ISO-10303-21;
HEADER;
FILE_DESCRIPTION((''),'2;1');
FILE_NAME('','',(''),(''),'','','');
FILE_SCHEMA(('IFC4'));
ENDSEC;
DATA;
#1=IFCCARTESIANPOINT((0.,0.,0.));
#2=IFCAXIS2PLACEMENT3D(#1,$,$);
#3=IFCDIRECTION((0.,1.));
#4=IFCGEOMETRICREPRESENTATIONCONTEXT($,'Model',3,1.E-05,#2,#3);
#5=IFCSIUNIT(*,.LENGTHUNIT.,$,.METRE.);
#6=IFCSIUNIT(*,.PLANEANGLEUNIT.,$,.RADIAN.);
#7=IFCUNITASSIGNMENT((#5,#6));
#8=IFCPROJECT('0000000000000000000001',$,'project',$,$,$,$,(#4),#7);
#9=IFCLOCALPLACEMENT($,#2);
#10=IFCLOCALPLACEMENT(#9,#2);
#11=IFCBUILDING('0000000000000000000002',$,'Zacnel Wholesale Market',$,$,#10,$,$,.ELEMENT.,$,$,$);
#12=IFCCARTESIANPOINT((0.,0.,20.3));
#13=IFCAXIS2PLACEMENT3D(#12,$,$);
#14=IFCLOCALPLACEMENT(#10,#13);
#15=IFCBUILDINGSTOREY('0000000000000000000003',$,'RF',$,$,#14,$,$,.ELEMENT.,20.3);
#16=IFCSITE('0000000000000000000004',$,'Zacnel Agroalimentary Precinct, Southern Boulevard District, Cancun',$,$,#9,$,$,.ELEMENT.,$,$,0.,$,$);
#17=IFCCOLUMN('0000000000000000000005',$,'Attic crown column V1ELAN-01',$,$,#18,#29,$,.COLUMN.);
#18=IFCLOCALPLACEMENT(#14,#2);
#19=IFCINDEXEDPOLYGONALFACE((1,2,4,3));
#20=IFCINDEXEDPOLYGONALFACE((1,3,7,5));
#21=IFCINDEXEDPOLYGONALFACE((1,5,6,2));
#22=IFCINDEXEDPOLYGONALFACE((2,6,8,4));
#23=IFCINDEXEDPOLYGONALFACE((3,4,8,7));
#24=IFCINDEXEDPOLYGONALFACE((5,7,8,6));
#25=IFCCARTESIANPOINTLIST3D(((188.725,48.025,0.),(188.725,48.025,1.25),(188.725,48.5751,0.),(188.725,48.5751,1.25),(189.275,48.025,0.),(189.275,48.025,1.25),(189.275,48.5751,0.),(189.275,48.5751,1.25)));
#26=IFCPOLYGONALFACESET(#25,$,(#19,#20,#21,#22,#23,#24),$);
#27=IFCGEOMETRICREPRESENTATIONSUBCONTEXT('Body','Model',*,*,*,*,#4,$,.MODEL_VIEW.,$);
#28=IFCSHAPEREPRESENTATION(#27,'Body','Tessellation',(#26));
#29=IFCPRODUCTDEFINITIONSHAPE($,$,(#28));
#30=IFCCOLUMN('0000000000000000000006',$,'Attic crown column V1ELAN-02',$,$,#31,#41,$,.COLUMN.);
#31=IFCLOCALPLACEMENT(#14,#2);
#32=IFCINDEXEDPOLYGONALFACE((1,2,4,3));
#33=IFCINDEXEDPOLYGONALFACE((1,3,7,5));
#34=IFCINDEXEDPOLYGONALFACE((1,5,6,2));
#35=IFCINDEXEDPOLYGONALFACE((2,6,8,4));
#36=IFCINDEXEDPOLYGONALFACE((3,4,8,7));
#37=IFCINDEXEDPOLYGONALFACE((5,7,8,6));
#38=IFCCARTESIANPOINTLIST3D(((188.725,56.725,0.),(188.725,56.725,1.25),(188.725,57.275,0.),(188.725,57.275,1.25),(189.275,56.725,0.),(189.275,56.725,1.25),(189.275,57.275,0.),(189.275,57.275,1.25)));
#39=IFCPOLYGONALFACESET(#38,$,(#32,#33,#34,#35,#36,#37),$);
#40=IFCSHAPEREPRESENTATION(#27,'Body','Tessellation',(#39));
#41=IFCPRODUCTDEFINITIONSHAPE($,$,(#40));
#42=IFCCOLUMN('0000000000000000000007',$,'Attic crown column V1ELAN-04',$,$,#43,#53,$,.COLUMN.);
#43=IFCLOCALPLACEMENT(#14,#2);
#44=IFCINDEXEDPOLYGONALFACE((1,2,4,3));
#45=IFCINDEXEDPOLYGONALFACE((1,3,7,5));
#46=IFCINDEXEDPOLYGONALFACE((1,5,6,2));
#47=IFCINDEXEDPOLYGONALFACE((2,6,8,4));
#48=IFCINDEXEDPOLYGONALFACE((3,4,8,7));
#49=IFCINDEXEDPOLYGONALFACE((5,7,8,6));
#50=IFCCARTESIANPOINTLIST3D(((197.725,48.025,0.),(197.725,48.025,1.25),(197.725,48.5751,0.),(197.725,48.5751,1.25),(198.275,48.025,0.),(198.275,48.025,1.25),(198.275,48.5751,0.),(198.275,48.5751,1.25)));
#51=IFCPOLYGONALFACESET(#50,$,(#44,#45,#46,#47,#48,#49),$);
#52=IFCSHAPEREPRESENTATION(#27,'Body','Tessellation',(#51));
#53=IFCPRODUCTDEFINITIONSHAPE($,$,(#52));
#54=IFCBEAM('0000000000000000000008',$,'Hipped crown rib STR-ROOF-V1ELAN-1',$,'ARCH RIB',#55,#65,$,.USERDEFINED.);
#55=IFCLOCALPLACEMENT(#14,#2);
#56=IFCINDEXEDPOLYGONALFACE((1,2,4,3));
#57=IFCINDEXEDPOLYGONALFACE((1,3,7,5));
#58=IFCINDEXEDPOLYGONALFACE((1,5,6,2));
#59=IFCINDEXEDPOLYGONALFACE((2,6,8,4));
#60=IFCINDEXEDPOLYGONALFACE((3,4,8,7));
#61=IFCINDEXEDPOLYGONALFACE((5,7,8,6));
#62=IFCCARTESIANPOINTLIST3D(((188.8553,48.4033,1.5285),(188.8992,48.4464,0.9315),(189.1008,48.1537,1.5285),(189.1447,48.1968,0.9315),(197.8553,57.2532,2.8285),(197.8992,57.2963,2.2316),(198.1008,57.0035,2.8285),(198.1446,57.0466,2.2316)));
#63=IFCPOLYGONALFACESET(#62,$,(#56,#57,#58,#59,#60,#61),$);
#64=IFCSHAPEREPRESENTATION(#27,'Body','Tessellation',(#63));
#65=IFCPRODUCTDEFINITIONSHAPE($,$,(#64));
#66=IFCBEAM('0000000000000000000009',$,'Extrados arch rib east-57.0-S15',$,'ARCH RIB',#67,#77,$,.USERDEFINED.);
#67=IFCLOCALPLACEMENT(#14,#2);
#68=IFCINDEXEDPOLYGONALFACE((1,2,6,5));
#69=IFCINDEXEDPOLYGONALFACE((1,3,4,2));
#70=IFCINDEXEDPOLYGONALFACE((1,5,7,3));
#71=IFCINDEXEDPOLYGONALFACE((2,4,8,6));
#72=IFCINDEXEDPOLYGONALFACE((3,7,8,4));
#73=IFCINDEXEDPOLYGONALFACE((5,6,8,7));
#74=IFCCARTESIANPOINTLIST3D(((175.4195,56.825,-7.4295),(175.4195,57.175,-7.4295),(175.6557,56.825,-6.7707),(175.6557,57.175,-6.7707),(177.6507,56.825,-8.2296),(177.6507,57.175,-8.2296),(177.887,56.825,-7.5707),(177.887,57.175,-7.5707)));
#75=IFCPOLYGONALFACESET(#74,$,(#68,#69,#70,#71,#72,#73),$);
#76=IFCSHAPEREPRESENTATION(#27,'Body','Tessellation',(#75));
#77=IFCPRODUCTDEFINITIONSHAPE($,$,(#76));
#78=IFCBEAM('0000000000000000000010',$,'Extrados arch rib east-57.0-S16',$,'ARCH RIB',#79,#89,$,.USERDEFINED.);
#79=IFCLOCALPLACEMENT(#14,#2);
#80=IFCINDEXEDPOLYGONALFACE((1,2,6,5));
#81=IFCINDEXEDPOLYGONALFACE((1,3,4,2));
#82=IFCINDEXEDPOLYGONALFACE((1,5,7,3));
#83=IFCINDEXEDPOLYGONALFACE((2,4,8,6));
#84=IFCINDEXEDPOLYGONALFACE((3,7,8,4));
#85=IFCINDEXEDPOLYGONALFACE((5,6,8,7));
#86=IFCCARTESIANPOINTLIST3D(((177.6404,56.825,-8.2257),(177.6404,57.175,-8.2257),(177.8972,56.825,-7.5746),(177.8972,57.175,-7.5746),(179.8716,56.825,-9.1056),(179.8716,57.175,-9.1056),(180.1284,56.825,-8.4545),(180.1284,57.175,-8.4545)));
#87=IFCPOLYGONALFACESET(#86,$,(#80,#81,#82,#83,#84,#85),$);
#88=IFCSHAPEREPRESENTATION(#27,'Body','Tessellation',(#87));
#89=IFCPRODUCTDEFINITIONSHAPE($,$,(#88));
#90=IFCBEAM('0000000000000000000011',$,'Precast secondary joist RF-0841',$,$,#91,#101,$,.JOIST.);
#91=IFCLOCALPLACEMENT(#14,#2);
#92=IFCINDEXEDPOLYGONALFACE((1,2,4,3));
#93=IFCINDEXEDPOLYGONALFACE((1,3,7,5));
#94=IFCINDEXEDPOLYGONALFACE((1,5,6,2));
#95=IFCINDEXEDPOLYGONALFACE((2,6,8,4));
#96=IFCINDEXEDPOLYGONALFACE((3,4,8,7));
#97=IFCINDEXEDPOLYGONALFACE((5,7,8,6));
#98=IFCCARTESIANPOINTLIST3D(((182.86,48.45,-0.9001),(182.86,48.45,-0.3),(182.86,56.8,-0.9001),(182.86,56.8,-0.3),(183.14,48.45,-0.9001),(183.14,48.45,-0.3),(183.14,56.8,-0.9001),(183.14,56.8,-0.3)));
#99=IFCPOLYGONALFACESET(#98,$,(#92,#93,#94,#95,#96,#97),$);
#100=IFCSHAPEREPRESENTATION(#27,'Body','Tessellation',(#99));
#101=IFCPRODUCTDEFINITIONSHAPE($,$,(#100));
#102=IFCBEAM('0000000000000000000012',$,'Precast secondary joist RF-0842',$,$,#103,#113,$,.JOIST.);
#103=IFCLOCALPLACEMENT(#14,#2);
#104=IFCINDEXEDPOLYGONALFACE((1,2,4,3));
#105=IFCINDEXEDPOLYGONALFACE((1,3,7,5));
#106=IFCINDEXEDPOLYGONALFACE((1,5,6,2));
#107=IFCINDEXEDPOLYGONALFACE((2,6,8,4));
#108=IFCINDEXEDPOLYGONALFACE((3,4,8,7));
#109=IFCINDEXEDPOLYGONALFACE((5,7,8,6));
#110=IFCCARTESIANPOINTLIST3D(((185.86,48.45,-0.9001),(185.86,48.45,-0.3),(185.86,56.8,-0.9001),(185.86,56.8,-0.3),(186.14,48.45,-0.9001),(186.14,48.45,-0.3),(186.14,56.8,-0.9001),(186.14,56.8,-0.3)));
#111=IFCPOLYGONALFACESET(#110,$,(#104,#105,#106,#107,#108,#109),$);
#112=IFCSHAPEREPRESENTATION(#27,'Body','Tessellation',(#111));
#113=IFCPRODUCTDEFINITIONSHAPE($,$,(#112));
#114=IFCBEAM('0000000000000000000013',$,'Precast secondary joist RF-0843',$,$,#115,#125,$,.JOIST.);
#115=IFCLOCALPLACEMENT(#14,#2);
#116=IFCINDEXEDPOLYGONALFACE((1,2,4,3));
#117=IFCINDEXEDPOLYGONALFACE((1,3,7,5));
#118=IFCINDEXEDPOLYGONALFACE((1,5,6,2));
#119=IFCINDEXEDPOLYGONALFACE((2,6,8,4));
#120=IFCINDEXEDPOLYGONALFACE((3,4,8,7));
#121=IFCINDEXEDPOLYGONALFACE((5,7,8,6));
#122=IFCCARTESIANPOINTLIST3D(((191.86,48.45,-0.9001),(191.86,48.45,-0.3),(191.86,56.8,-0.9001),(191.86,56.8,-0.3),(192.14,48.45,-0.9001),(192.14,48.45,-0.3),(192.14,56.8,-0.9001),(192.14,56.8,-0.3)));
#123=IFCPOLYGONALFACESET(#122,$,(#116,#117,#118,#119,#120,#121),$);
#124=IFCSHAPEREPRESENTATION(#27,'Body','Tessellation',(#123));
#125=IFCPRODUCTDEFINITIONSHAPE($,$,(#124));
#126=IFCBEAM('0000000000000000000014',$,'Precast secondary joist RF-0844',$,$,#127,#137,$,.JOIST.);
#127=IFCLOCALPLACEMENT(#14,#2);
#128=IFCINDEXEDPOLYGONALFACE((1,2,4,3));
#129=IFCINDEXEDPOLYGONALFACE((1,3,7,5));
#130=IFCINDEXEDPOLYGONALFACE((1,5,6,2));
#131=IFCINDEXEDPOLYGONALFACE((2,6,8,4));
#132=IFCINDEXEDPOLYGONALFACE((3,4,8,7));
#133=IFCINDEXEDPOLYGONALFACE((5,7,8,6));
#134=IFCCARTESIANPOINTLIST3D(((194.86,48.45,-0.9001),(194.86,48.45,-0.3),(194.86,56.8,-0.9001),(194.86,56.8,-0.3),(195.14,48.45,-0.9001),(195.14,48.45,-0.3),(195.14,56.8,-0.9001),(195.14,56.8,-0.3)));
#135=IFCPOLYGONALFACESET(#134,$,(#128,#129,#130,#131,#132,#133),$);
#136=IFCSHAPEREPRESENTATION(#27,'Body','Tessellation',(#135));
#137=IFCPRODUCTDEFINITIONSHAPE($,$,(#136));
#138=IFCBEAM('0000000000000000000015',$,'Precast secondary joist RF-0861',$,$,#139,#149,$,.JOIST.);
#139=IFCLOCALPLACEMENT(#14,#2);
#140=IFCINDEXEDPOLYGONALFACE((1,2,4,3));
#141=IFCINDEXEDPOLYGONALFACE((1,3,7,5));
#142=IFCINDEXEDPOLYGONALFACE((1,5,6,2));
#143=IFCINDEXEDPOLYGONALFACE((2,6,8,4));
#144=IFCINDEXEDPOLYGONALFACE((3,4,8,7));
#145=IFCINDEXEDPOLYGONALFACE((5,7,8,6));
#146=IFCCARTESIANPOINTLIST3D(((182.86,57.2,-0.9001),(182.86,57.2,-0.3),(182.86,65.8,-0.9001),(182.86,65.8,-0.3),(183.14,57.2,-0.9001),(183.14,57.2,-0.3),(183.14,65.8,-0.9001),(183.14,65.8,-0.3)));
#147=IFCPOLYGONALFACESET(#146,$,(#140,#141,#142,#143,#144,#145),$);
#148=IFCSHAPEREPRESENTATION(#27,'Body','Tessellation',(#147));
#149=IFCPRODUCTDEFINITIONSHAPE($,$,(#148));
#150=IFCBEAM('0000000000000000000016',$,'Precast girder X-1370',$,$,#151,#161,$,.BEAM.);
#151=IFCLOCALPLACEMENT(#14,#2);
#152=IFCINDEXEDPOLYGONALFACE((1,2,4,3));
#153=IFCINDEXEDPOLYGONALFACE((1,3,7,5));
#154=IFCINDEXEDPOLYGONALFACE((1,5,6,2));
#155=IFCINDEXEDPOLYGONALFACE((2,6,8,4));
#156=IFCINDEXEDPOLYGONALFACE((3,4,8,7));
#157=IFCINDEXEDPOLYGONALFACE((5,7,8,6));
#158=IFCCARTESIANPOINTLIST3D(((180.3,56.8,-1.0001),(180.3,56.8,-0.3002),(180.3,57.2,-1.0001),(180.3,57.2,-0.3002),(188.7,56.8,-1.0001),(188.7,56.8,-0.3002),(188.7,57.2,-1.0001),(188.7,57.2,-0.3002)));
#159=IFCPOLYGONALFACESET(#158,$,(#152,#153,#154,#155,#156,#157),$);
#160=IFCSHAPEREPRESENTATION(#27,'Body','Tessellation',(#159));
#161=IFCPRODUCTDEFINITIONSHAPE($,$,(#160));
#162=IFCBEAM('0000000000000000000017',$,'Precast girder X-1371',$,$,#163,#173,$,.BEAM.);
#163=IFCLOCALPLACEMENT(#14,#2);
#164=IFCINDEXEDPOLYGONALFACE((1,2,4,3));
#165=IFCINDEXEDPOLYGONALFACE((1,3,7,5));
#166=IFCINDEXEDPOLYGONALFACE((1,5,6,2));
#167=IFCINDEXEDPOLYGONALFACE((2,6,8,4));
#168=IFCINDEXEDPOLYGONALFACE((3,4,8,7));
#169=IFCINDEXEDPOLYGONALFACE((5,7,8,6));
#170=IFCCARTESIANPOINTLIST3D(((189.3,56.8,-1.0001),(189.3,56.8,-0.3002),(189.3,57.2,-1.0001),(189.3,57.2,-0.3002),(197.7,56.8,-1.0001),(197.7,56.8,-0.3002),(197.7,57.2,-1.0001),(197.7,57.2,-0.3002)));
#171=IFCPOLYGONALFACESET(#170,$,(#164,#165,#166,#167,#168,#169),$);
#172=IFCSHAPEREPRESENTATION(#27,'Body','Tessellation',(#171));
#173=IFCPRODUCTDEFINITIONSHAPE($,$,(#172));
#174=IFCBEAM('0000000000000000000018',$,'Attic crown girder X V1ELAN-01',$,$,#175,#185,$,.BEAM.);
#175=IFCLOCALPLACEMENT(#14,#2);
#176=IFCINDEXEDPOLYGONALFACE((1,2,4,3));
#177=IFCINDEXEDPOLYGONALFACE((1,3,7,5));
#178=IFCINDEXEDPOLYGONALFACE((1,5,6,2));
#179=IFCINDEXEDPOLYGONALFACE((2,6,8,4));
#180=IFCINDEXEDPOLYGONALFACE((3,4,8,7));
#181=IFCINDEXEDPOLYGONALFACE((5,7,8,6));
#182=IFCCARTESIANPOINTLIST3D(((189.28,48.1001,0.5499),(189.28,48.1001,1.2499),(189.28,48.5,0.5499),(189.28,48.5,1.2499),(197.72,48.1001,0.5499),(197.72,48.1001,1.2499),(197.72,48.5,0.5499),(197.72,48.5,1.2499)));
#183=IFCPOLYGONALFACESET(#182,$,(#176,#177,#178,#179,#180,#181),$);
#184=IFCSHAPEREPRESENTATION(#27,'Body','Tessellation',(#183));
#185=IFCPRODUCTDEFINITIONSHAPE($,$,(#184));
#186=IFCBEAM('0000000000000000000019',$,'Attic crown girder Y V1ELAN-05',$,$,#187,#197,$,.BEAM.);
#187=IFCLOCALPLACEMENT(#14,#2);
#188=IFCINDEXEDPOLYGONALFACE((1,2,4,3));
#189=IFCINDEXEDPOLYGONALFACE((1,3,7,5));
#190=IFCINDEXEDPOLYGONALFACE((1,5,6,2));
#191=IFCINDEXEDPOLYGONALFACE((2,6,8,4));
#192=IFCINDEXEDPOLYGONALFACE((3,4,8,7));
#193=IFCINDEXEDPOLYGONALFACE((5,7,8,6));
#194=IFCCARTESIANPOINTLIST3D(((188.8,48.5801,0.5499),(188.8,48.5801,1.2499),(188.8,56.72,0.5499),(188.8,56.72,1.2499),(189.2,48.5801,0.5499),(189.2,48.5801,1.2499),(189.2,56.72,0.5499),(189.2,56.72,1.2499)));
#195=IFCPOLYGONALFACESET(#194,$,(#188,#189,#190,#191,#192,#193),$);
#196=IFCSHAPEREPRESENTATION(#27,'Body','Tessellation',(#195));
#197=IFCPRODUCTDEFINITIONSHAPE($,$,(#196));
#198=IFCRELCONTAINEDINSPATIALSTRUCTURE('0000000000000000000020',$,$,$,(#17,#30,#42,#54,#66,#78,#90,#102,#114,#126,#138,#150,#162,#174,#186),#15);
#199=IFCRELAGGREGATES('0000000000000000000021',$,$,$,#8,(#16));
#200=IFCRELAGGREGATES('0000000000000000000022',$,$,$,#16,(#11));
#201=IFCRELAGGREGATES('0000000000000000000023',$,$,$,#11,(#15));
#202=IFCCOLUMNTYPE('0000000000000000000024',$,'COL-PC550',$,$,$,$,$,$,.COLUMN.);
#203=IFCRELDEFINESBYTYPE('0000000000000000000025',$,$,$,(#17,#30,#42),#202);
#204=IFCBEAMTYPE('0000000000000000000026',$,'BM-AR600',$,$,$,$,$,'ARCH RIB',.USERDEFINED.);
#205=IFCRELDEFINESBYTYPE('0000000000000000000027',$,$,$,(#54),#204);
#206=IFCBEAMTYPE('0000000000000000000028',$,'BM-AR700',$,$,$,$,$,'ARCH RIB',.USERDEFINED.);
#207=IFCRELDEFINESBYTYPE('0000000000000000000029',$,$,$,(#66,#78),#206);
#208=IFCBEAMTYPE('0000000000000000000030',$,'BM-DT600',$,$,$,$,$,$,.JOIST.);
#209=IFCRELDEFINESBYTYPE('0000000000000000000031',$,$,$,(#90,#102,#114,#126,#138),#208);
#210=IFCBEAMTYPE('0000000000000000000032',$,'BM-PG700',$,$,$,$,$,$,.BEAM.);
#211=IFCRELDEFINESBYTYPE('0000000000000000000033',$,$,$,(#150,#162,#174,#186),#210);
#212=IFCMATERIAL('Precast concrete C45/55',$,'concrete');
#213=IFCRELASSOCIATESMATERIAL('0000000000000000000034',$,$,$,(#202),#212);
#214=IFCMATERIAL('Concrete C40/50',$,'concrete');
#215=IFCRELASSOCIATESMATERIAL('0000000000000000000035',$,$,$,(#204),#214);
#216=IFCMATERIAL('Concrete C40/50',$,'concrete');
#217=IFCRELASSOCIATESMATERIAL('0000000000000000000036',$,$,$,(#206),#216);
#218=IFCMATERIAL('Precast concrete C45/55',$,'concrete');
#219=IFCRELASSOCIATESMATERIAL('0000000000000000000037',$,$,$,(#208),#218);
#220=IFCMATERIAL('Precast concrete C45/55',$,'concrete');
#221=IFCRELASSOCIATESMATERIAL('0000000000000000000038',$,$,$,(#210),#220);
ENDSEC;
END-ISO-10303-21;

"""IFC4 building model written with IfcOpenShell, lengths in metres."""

from ifc_helpers import new_model, si_unit, direction, frame, origin, origin_2d, place, context, subcontext, project, spatial, rectangle, extrude, material, material_profile, profile_set, type_object, element, save


model = new_model("IFC4")

# Units and contexts
model_context = context("Model", 3, precision=1e-05, world=origin(), true_north=direction((0.0, 1.0)))
body_context = subcontext(model_context, "Body", "Model", "MODEL_VIEW")
ifc_project = project(units=[si_unit("LENGTHUNIT", "METRE"), si_unit("PLANEANGLEUNIT", "RADIAN")], contexts=[model_context])

# Site, building, storey
site_placement = place(None, origin())
site = spatial("IfcSite", under=ifc_project, at=site_placement, Name="Zacnel Agroalimentary Precinct, Southern Boulevard District, Cancun", CompositionType="ELEMENT", RefElevation=0.0)
building_placement = place(site_placement, origin())
building = spatial("IfcBuilding", under=site, at=building_placement, Name="Zacnel Wholesale Market", CompositionType="ELEMENT")
storey_placement = place(building_placement, frame((0.0, 0.0, 20.3)))
storey = spatial("IfcBuildingStorey", under=building, at=storey_placement, Name="RF", CompositionType="ELEMENT", Elevation=20.3)

# Columns
ifc_material_1 = material(Name="Precast concrete C45/55", Category="concrete")
ifc_material_profile_1 = material_profile(ifc_material_1, rectangle(XDim=0.55, YDim=0.55, at=origin_2d()), Name="PC 550x550")
ifc_profile_set_1 = profile_set([ifc_material_profile_1], Name="Precast concrete C45/55")
column_type = type_object("IfcColumnType", Name="COL-PC550", PredefinedType="COLUMN", material=ifc_profile_set_1)
for number, where, z_axis, x_axis, name in (
    (1, (189.0, 48.3, 0.0), (0.0, 0.0, 1.0), (1.0, 0.0, 0.0), "Attic crown column V1ELAN-01"),
    (2, (189.0, 57.0, 0.0), (0.0, 0.0, 1.0), (1.0, 0.0, 0.0), "Attic crown column V1ELAN-02"),
    (3, (198.0, 48.3, 0.0), (0.0, 0.0, 1.0), (1.0, 0.0, 0.0), "Attic crown column V1ELAN-04"),
):
    element("IfcColumn", number, at=place(storey_placement, frame(where, z_axis=z_axis, x_axis=x_axis)), inside=storey, type_object=column_type, Name=name, PredefinedType="COLUMN", context=body_context, shape_type="SweptSolid", body=[
        extrude(rectangle(XDim=0.55, YDim=0.55, at=origin_2d()), origin(), (0.0, 0.0, 1.0), 1.25),
    ])

# Beams
ifc_material_2 = material(Name="Concrete C40/50", Category="concrete")
ifc_material_profile_2 = material_profile(ifc_material_2, rectangle(XDim=0.3501, YDim=0.6001, at=origin_2d()), Name="ARCH RIB 350x600")
ifc_profile_set_2 = profile_set([ifc_material_profile_2], Name="Concrete C40/50")
beam_type_1 = type_object("IfcBeamType", Name="BM-AR600", ElementType="ARCH RIB", PredefinedType="USERDEFINED", material=ifc_profile_set_2)
beam_1_placement = place(storey_placement, frame((189.0, 48.3, 1.23), z_axis=(0.709277, 0.697444, 0.102455), x_axis=(-0.701134, 0.713029, 0.0)))
element("IfcBeam", 4, at=beam_1_placement, inside=storey, type_object=beam_type_1, Name="Hipped crown rib STR-ROOF-V1ELAN-1", ObjectType="ARCH RIB", PredefinedType="USERDEFINED", context=body_context, shape_type="SweptSolid", body=[
    extrude(rectangle(XDim=0.3501, YDim=0.6001, at=origin_2d()), origin(), (0.0, 0.0, 1.0), 12.689),
])
ifc_material_3 = material(Name="Concrete C40/50", Category="concrete")
ifc_material_profile_3 = material_profile(ifc_material_3, rectangle(XDim=0.3501, YDim=0.7, at=origin_2d()), Name="ARCH RIB 350x700")
ifc_profile_set_3 = profile_set([ifc_material_profile_3], Name="Concrete C40/50")
beam_type_2 = type_object("IfcBeamType", Name="BM-AR700", ElementType="ARCH RIB", PredefinedType="USERDEFINED", material=ifc_profile_set_3)
beam_2_placement = place(storey_placement, frame((175.5376, 57.0, -7.1001), z_axis=(0.941315, 0.0, -0.33753), x_axis=(0.0, 1.0, 0.0)))
element("IfcBeam", 5, at=beam_2_placement, inside=storey, type_object=beam_type_2, Name="Extrados arch rib east-57.0-S15", ObjectType="ARCH RIB", PredefinedType="USERDEFINED", context=body_context, shape_type="SweptSolid", body=[
    extrude(rectangle(XDim=0.3501, YDim=0.7, at=origin_2d()), origin(), (0.0, 0.0, 1.0), 2.3704),
])
beam_3_placement = place(storey_placement, frame((177.7688, 57.0, -7.9001), z_axis=(0.930277, 0.0, -0.366858), x_axis=(0.0, 1.0, 0.0)))
element("IfcBeam", 6, at=beam_3_placement, inside=storey, type_object=beam_type_2, Name="Extrados arch rib east-57.0-S16", ObjectType="ARCH RIB", PredefinedType="USERDEFINED", context=body_context, shape_type="SweptSolid", body=[
    extrude(rectangle(XDim=0.3501, YDim=0.7, at=origin_2d()), origin(), (0.0, 0.0, 1.0), 2.3984),
])
ifc_material_4 = material(Name="Precast concrete C45/55", Category="concrete")
ifc_material_profile_4 = material_profile(ifc_material_4, rectangle(XDim=0.28, YDim=0.6001, at=origin_2d()), Name="DT RIB 280x600")
ifc_profile_set_4 = profile_set([ifc_material_profile_4], Name="Precast concrete C45/55")
beam_type_3 = type_object("IfcBeamType", Name="BM-DT600", PredefinedType="JOIST", material=ifc_profile_set_4)
for number, where, z_axis, x_axis, name in (
    (7, (183.0, 48.45, -0.6001), (0.0, 1.0, 0.0), (-1.0, 0.0, 0.0), "Precast secondary joist RF-0841"),
    (8, (186.0, 48.45, -0.6001), (0.0, 1.0, 0.0), (-1.0, 0.0, 0.0), "Precast secondary joist RF-0842"),
    (9, (192.0, 48.45, -0.6001), (0.0, 1.0, 0.0), (-1.0, 0.0, 0.0), "Precast secondary joist RF-0843"),
    (10, (195.0, 48.45, -0.6001), (0.0, 1.0, 0.0), (-1.0, 0.0, 0.0), "Precast secondary joist RF-0844"),
):
    element("IfcBeam", number, at=place(storey_placement, frame(where, z_axis=z_axis, x_axis=x_axis)), inside=storey, type_object=beam_type_3, Name=name, PredefinedType="JOIST", context=body_context, shape_type="SweptSolid", body=[
        extrude(rectangle(XDim=0.28, YDim=0.6001, at=origin_2d()), origin(), (0.0, 0.0, 1.0), 8.3501),
    ])
beam_4_placement = place(storey_placement, frame((183.0, 57.2, -0.6001), z_axis=(0.0, 1.0, 0.0), x_axis=(-1.0, 0.0, 0.0)))
element("IfcBeam", 11, at=beam_4_placement, inside=storey, type_object=beam_type_3, Name="Precast secondary joist RF-0861", PredefinedType="JOIST", context=body_context, shape_type="SweptSolid", body=[
    extrude(rectangle(XDim=0.28, YDim=0.6001, at=origin_2d()), origin(), (0.0, 0.0, 1.0), 8.6001),
])
ifc_material_5 = material(Name="Precast concrete C45/55", Category="concrete")
ifc_material_profile_5 = material_profile(ifc_material_5, rectangle(XDim=0.3999, YDim=0.7, at=origin_2d()), Name="PG 400x700")
ifc_profile_set_5 = profile_set([ifc_material_profile_5], Name="Precast concrete C45/55")
beam_type_4 = type_object("IfcBeamType", Name="BM-PG700", PredefinedType="BEAM", material=ifc_profile_set_5)
for number, where, z_axis, x_axis, name in (
    (12, (180.3, 57.0, -0.6501), (1.0, 0.0, 0.0), (0.0, 1.0, 0.0), "Precast girder X-1370"),
    (13, (189.3, 57.0, -0.6501), (1.0, 0.0, 0.0), (0.0, 1.0, 0.0), "Precast girder X-1371"),
):
    element("IfcBeam", number, at=place(storey_placement, frame(where, z_axis=z_axis, x_axis=x_axis)), inside=storey, type_object=beam_type_4, Name=name, PredefinedType="BEAM", context=body_context, shape_type="SweptSolid", body=[
        extrude(rectangle(XDim=0.3999, YDim=0.7, at=origin_2d()), origin(), (0.0, 0.0, 1.0), 8.3999),
    ])
beam_5_placement = place(storey_placement, frame((189.28, 48.3, 0.8999), z_axis=(1.0, 0.0, 0.0), x_axis=(0.0, 1.0, 0.0)))
element("IfcBeam", 14, at=beam_5_placement, inside=storey, type_object=beam_type_4, Name="Attic crown girder X V1ELAN-01", PredefinedType="BEAM", context=body_context, shape_type="SweptSolid", body=[
    extrude(rectangle(XDim=0.3999, YDim=0.7, at=origin_2d()), origin(), (0.0, 0.0, 1.0), 8.4399),
])
beam_6_placement = place(storey_placement, frame((189.0, 48.5801, 0.8999), z_axis=(0.0, 1.0, 0.0), x_axis=(-1.0, 0.0, 0.0)))
element("IfcBeam", 15, at=beam_6_placement, inside=storey, type_object=beam_type_4, Name="Attic crown girder Y V1ELAN-05", PredefinedType="BEAM", context=body_context, shape_type="SweptSolid", body=[
    extrude(rectangle(XDim=0.3999, YDim=0.7, at=origin_2d()), origin(), (0.0, 0.0, 1.0), 8.1399),
])

save(model, "model.ifc")
